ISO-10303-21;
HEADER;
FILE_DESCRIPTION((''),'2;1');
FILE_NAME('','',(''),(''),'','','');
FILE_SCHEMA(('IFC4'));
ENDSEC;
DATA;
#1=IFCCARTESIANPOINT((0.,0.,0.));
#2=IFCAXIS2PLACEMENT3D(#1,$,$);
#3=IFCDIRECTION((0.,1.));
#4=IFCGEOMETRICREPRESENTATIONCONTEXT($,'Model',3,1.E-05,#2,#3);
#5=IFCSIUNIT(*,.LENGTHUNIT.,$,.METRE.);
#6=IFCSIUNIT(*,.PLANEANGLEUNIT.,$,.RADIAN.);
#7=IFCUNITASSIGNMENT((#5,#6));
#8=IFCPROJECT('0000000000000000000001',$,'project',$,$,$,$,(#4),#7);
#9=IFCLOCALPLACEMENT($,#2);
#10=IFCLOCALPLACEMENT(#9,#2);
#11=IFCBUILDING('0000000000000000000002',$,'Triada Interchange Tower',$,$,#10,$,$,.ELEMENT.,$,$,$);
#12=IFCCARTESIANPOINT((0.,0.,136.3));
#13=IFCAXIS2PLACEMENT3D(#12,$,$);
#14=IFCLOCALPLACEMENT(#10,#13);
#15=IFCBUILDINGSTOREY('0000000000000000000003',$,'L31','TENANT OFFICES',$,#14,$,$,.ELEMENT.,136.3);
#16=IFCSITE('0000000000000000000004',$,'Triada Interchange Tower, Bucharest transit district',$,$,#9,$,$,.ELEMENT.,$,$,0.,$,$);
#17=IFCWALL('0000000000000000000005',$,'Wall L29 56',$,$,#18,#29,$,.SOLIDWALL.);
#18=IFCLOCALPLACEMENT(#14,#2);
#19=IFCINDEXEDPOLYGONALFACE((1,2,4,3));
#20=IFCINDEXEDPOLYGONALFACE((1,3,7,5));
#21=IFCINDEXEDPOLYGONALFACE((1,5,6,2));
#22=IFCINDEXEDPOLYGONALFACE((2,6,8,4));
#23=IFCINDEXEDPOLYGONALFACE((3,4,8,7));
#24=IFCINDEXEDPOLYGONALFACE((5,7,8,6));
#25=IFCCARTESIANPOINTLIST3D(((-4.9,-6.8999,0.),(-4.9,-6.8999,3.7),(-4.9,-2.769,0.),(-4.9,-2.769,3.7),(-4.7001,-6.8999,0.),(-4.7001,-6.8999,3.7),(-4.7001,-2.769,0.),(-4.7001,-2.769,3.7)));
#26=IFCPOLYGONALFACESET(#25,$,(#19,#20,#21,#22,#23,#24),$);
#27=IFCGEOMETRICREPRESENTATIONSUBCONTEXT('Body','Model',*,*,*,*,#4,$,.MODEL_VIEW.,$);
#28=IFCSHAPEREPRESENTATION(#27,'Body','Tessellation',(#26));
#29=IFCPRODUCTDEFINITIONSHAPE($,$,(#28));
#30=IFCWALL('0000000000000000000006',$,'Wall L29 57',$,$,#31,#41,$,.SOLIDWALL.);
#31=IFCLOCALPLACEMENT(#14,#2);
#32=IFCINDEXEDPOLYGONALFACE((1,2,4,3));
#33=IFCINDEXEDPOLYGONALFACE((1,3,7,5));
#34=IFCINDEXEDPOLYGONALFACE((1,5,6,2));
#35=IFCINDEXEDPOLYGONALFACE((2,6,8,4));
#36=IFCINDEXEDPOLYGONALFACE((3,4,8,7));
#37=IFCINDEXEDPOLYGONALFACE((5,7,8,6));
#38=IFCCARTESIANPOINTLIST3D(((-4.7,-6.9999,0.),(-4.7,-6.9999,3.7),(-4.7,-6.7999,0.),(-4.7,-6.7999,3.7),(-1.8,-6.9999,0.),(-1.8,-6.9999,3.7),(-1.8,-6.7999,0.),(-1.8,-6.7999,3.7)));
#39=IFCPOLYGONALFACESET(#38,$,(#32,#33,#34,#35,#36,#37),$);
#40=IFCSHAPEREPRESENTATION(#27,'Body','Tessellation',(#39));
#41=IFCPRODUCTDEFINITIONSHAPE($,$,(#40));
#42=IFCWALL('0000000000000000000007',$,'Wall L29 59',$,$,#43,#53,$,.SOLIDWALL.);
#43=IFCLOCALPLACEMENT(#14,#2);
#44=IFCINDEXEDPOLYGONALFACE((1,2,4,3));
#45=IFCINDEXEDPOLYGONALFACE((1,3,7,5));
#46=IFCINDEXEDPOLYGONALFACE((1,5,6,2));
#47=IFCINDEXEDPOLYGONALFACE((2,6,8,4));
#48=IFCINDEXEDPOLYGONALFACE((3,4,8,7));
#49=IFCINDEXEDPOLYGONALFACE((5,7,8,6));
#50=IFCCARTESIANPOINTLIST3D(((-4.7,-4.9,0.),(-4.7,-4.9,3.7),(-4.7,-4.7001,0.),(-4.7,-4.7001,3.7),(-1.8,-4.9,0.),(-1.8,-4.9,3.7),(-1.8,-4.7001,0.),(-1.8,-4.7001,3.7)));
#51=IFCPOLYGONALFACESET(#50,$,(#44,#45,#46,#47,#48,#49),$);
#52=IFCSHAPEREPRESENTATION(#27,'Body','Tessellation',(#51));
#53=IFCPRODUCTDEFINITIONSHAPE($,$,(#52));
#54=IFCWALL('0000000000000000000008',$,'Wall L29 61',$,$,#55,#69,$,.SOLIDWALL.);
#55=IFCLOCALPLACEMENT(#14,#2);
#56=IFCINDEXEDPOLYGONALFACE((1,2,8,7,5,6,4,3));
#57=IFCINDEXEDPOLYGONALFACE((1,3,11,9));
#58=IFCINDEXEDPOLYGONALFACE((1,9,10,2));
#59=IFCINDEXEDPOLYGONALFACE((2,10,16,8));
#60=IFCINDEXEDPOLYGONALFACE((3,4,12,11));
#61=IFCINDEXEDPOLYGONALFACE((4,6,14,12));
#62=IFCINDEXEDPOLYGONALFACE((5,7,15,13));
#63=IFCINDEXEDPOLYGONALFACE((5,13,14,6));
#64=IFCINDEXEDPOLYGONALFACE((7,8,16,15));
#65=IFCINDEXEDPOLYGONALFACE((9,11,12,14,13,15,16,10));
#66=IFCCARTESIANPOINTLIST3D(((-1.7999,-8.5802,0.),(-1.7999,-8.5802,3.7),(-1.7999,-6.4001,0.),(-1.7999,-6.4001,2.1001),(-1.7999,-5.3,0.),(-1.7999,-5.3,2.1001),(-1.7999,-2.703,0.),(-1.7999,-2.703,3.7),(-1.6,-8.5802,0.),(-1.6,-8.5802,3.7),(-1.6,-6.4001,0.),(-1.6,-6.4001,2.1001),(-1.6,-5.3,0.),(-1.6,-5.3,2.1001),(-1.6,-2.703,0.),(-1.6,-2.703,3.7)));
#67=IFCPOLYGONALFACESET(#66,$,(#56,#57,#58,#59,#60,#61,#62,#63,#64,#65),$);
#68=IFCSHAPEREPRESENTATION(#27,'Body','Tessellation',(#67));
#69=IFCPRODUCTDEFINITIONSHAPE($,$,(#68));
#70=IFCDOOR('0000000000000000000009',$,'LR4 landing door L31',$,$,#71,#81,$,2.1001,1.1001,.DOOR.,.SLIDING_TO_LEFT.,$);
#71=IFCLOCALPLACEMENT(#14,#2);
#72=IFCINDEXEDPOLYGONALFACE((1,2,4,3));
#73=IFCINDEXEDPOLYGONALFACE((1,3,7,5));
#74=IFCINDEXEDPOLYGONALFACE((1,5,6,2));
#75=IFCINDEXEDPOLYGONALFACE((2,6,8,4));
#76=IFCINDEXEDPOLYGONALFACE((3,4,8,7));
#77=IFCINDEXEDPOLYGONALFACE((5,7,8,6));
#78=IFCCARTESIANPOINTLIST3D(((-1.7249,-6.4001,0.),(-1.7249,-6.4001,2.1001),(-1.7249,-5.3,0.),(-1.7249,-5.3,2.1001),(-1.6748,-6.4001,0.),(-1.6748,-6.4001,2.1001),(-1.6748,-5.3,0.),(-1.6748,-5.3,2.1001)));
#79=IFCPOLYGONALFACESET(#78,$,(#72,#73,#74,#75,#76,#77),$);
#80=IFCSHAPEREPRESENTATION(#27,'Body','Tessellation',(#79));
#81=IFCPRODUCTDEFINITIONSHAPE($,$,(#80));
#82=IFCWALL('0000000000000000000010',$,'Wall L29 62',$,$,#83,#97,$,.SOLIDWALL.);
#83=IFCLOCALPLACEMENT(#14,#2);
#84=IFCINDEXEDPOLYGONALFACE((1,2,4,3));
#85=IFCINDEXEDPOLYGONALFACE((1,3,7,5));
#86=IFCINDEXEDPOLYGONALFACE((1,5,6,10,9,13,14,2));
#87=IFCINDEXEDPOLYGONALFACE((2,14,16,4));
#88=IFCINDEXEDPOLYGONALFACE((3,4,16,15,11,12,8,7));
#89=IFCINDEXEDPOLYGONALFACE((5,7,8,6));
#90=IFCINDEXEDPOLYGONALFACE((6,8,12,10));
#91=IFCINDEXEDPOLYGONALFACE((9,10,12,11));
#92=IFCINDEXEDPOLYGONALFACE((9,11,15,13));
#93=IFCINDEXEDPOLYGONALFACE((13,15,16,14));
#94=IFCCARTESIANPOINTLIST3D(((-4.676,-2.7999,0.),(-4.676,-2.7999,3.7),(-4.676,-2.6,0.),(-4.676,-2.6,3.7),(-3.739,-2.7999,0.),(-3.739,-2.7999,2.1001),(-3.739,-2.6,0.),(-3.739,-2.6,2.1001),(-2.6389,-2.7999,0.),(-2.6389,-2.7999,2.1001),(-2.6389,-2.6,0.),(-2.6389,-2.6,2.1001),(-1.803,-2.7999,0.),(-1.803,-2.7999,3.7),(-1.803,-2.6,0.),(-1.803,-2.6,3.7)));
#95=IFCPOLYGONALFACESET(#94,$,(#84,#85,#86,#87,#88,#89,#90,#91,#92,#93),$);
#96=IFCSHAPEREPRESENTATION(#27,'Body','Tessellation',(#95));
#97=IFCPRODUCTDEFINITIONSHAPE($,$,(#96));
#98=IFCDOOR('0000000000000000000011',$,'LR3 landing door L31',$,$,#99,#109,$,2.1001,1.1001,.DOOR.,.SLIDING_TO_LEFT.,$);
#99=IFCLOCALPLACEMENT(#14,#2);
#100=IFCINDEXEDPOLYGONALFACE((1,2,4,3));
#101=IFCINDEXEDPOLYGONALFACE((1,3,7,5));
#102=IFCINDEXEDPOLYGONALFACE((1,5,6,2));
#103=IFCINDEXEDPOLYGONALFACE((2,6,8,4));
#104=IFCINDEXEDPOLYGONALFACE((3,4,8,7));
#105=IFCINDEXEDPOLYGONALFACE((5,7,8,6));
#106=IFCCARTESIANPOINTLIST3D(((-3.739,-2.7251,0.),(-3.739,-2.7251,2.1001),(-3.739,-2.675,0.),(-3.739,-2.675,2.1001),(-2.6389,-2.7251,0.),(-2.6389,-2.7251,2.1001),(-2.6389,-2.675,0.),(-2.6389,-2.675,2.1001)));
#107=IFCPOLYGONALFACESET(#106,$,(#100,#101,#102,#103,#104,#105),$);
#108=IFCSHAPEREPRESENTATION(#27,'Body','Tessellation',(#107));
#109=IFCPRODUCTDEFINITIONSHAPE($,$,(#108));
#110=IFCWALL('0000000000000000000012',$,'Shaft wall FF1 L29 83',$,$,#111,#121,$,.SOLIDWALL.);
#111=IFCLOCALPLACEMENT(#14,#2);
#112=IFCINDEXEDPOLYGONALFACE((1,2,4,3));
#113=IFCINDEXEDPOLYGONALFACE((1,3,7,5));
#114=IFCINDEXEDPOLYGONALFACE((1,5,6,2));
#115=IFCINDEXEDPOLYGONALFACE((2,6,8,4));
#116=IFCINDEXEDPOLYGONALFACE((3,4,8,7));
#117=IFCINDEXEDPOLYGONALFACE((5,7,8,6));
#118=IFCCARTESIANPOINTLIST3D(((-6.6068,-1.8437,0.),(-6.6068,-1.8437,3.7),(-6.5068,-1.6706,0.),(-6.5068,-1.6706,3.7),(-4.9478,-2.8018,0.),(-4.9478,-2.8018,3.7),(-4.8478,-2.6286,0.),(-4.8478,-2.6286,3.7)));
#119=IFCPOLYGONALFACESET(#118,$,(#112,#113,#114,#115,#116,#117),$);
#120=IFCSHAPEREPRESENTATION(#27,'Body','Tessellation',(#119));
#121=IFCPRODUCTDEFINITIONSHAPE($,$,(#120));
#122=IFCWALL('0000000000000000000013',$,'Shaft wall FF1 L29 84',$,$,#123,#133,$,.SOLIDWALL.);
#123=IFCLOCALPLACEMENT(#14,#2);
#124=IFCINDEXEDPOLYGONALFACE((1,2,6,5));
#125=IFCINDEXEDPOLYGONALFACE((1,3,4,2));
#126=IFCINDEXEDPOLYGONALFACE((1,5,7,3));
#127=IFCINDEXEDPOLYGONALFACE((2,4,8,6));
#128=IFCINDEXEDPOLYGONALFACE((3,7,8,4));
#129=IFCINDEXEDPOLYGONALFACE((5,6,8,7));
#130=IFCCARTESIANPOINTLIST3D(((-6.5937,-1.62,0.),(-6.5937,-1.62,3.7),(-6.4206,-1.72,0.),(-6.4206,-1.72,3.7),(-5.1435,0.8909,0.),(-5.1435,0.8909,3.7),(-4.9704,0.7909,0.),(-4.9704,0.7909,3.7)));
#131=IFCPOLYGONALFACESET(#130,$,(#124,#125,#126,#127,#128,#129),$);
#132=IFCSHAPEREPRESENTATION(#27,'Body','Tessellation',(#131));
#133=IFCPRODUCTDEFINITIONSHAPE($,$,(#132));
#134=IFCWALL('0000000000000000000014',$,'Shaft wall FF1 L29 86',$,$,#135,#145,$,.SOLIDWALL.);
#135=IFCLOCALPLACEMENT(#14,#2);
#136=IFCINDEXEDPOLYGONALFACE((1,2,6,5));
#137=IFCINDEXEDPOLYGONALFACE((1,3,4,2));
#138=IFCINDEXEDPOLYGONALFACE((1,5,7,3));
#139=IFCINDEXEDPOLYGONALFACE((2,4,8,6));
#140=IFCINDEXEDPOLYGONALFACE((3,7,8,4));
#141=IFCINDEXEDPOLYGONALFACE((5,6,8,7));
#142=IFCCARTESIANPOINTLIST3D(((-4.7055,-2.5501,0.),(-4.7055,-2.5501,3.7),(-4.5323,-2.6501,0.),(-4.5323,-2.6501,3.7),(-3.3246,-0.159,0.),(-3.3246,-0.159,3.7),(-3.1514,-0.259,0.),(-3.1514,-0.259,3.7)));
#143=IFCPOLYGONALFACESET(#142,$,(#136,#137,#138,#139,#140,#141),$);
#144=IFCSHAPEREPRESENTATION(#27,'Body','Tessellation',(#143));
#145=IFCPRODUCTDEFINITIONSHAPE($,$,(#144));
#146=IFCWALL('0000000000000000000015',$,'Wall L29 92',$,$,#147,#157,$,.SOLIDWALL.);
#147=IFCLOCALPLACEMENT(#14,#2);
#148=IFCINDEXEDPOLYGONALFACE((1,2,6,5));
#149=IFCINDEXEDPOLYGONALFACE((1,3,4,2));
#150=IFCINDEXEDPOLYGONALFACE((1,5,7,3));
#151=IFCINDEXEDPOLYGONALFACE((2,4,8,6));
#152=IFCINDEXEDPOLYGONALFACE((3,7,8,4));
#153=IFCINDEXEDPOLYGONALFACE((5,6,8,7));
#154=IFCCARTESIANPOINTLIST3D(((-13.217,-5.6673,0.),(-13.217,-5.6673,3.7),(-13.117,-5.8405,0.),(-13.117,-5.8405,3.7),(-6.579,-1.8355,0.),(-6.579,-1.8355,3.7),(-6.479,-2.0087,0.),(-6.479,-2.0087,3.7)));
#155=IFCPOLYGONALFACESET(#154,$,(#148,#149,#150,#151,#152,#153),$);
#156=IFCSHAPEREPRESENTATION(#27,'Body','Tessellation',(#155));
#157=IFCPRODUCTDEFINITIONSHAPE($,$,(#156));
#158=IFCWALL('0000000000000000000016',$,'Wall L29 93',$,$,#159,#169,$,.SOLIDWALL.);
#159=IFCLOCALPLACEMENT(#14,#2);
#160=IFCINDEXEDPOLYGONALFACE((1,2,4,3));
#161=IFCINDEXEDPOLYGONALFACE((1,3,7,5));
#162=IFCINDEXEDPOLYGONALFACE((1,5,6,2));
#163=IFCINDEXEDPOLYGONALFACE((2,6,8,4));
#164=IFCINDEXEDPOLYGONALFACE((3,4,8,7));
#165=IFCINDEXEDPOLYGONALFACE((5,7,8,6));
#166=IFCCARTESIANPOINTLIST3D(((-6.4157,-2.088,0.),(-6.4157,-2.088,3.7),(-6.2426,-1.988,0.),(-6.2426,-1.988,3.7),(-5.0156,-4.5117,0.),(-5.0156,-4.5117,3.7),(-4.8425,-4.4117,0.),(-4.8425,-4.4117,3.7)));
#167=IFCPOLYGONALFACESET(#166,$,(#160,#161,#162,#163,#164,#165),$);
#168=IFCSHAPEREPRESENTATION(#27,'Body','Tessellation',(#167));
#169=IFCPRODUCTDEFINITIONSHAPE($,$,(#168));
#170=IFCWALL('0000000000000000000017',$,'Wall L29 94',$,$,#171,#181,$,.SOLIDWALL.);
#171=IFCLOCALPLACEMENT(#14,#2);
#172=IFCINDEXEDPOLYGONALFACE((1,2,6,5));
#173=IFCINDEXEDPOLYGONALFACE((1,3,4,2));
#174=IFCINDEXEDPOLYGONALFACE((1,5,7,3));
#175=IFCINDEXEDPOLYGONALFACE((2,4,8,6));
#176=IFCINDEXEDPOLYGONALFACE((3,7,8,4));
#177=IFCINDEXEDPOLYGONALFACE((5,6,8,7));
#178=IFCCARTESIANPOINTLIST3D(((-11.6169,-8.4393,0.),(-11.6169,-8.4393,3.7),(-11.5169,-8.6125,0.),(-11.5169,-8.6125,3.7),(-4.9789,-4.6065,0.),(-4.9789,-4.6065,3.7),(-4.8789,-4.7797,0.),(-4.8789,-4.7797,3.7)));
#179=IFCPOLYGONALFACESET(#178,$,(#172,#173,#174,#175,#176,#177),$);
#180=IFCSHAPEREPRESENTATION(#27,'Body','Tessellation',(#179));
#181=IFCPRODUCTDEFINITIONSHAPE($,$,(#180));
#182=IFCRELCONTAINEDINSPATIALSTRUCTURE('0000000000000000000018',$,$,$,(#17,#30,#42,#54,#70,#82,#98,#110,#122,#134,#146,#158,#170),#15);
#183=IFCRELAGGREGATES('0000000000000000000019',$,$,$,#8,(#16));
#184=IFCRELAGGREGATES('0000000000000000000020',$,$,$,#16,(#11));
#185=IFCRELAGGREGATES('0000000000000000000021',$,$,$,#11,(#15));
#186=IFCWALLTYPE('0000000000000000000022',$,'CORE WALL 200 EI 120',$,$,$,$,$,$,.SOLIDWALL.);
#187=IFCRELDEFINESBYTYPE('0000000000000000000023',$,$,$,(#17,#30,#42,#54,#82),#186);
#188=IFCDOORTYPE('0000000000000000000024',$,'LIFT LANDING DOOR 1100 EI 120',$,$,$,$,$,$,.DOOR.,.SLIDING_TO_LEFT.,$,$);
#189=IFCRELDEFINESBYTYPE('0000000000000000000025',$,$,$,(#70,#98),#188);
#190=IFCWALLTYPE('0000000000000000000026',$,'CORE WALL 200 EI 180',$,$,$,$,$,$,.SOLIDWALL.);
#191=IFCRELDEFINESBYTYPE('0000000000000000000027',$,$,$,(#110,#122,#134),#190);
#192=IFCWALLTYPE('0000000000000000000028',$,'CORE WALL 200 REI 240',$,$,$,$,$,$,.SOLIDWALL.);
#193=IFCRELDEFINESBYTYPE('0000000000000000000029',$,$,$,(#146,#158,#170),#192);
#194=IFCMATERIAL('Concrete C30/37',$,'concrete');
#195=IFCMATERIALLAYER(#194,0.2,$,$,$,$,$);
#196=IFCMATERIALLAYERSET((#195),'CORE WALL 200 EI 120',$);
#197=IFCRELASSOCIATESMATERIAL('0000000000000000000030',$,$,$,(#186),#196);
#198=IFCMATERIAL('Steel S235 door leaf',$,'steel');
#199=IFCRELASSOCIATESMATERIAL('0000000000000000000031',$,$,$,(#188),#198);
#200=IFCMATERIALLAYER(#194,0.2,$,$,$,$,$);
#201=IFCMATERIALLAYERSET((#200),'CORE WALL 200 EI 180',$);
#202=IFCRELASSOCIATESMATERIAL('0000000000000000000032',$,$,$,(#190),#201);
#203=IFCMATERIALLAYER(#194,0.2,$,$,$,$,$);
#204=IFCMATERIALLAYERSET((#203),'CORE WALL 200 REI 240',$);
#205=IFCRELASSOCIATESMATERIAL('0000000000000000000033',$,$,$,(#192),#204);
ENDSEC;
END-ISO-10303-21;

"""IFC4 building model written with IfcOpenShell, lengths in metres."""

from ifc_helpers import new_model, si_unit, direction, frame, frame_2d, origin, place, context, subcontext, project, spatial, rectangle, extrude, material, layer, layer_set, type_object, element, fill, save


model = new_model("IFC4")

# Units and contexts
model_context = context("Model", 3, precision=1e-05, world=origin(), true_north=direction((0.0, 1.0)))
body_context = subcontext(model_context, "Body", "Model", "MODEL_VIEW")
ifc_project = project(units=[si_unit("LENGTHUNIT", "METRE"), si_unit("PLANEANGLEUNIT", "RADIAN")], contexts=[model_context])

# Site, building, storey
site_placement = place(None, origin())
site = spatial("IfcSite", under=ifc_project, at=site_placement, Name="Triada Interchange Tower, Bucharest transit district", CompositionType="ELEMENT", RefElevation=0.0)
building_placement = place(site_placement, origin())
building = spatial("IfcBuilding", under=site, at=building_placement, Name="Triada Interchange Tower", CompositionType="ELEMENT")
storey_placement = place(building_placement, frame((0.0, 0.0, 136.3)))
storey = spatial("IfcBuildingStorey", under=building, at=storey_placement, Name="L31", Description="TENANT OFFICES", CompositionType="ELEMENT", Elevation=136.3)

# Walls
ifc_material_1 = material(Name="Concrete C30/37", Category="concrete")
ifc_layer_1 = layer(ifc_material_1, 0.2)
ifc_layer_set_1 = layer_set([ifc_layer_1], Name="CORE WALL 200 EI 120")
wall_type_1 = type_object("IfcWallType", Name="CORE WALL 200 EI 120", PredefinedType="SOLIDWALL", material=ifc_layer_set_1)
wall_1_placement = place(storey_placement, frame((-4.8, -6.8999, 0.0), z_axis=(0.0, 0.0, 1.0), x_axis=(0.0, 1.0, 0.0)))
element("IfcWall", 1, at=wall_1_placement, inside=storey, type_object=wall_type_1, Name="Wall L29 56", PredefinedType="SOLIDWALL", context=body_context, shape_type="SweptSolid", body=[
    extrude(rectangle(XDim=4.1309, YDim=0.2, at=frame_2d((2.0654, 0.0))), origin(), (0.0, 0.0, 1.0), 3.7),
])
for number, where, z_axis, x_axis, name in (
    (2, (-4.7, -6.8999, 0.0), (0.0, 0.0, 1.0), (1.0, 0.0, 0.0), "Wall L29 57"),
    (3, (-4.7, -4.8, 0.0), (0.0, 0.0, 1.0), (1.0, 0.0, 0.0), "Wall L29 59"),
):
    element("IfcWall", number, at=place(storey_placement, frame(where, z_axis=z_axis, x_axis=x_axis)), inside=storey, type_object=wall_type_1, Name=name, PredefinedType="SOLIDWALL", context=body_context, shape_type="SweptSolid", body=[
        extrude(rectangle(XDim=2.8999, YDim=0.2, at=frame_2d((1.45, 0.0))), origin(), (0.0, 0.0, 1.0), 3.7),
    ])

# Walls, openings, doors
wall_2_placement = place(storey_placement, frame((-1.7, -8.5801, 0.0), z_axis=(0.0, 0.0, 1.0), x_axis=(0.0, 1.0, 0.0)))
wall_2 = element("IfcWall", 4, at=wall_2_placement, inside=storey, type_object=wall_type_1, Name="Wall L29 61", PredefinedType="SOLIDWALL", context=body_context, shape_type="SweptSolid", body=[
    extrude(rectangle(XDim=5.8772, YDim=0.2, at=frame_2d((2.9385, 0.0))), origin(), (0.0, 0.0, 1.0), 3.7),
])
opening_1_placement = place(wall_2_placement, frame((2.1799, 0.0, 0.0)))
opening_1 = element("IfcOpeningElement", 5, at=opening_1_placement, cuts=wall_2, PredefinedType="OPENING", context=body_context, shape_type="SweptSolid", body=[
    extrude(rectangle(XDim=1.1001, YDim=2.1001, at=frame_2d((0.55, 1.05))), frame((0.0, 0.1099, 0.0), z_axis=(0.0, -1.0, 0.0), x_axis=(1.0, 0.0, 0.0)), (0.0, 0.0, 1.0), 0.22),
])
ifc_material_2 = material(Name="Steel S235 door leaf", Category="steel")
door_type_1 = type_object("IfcDoorType", Name="LIFT LANDING DOOR 1100 EI 120", OperationType="SLIDING_TO_LEFT", PredefinedType="DOOR", material=ifc_material_2)
door_1_placement = place(opening_1_placement, origin())
door_1 = element("IfcDoor", 6, at=door_1_placement, inside=storey, type_object=door_type_1, Name="LR4 landing door L31", OperationType="SLIDING_TO_LEFT", OverallHeight=2.1001, OverallWidth=1.1001, PredefinedType="DOOR", context=body_context, shape_type="SweptSolid", body=[
    extrude(rectangle(XDim=1.1001, YDim=2.1001, at=frame_2d((0.55, 1.05))), frame((0.0, 0.0249, 0.0), z_axis=(0.0, -1.0, 0.0), x_axis=(1.0, 0.0, 0.0)), (0.0, 0.0, 1.0), 0.05),
])
fill(opening_1, door_1)
wall_3_placement = place(storey_placement, frame((-4.676, -2.7, 0.0), z_axis=(0.0, 0.0, 1.0), x_axis=(1.0, 0.0, 0.0)))
wall_3 = element("IfcWall", 7, at=wall_3_placement, inside=storey, type_object=wall_type_1, Name="Wall L29 62", PredefinedType="SOLIDWALL", context=body_context, shape_type="SweptSolid", body=[
    extrude(rectangle(XDim=2.873, YDim=0.2, at=frame_2d((1.4365, 0.0))), origin(), (0.0, 0.0, 1.0), 3.7),
])
opening_2_placement = place(wall_3_placement, frame((0.937, 0.0, 0.0)))
opening_2 = element("IfcOpeningElement", 8, at=opening_2_placement, cuts=wall_3, PredefinedType="OPENING", context=body_context, shape_type="SweptSolid", body=[
    extrude(rectangle(XDim=1.1001, YDim=2.1001, at=frame_2d((0.55, 1.05))), frame((0.0, 0.1099, 0.0), z_axis=(0.0, -1.0, 0.0), x_axis=(1.0, 0.0, 0.0)), (0.0, 0.0, 1.0), 0.22),
])
door_2_placement = place(opening_2_placement, origin())
door_2 = element("IfcDoor", 9, at=door_2_placement, inside=storey, type_object=door_type_1, Name="LR3 landing door L31", OperationType="SLIDING_TO_LEFT", OverallHeight=2.1001, OverallWidth=1.1001, PredefinedType="DOOR", context=body_context, shape_type="SweptSolid", body=[
    extrude(rectangle(XDim=1.1001, YDim=2.1001, at=frame_2d((0.55, 1.05))), frame((0.0, 0.0249, 0.0), z_axis=(0.0, -1.0, 0.0), x_axis=(1.0, 0.0, 0.0)), (0.0, 0.0, 1.0), 0.05),
])
fill(opening_2, door_2)

# Walls
ifc_layer_2 = layer(ifc_material_1, 0.2)
ifc_layer_set_2 = layer_set([ifc_layer_2], Name="CORE WALL 200 EI 180")
wall_type_2 = type_object("IfcWallType", Name="CORE WALL 200 EI 180", PredefinedType="SOLIDWALL", material=ifc_layer_set_2)
wall_4_placement = place(storey_placement, frame((-6.5569, -1.7571, 0.0), z_axis=(0.0, 0.0, 1.0), x_axis=(0.865975, -0.500086, 0.0)))
element("IfcWall", 10, at=wall_4_placement, inside=storey, type_object=wall_type_2, Name="Shaft wall FF1 L29 83", PredefinedType="SOLIDWALL", context=body_context, shape_type="SweptSolid", body=[
    extrude(rectangle(XDim=1.9158, YDim=0.2, at=frame_2d((0.958, 0.0))), origin(), (0.0, 0.0, 1.0), 3.7),
])
wall_5_placement = place(storey_placement, frame((-6.5071, -1.6699, 0.0), z_axis=(0.0, 0.0, 1.0), x_axis=(0.500123, 0.865954, 0.0)))
element("IfcWall", 11, at=wall_5_placement, inside=storey, type_object=wall_type_2, Name="Shaft wall FF1 L29 84", PredefinedType="SOLIDWALL", context=body_context, shape_type="SweptSolid", body=[
    extrude(rectangle(XDim=2.8997, YDim=0.2, at=frame_2d((1.4497, 0.0))), origin(), (0.0, 0.0, 1.0), 3.7),
])
wall_6_placement = place(storey_placement, frame((-4.6189, -2.6001, 0.0), z_axis=(0.0, 0.0, 1.0), x_axis=(0.500095, 0.865971, 0.0)))
element("IfcWall", 12, at=wall_6_placement, inside=storey, type_object=wall_type_2, Name="Shaft wall FF1 L29 86", PredefinedType="SOLIDWALL", context=body_context, shape_type="SweptSolid", body=[
    extrude(rectangle(XDim=2.7612, YDim=0.2, at=frame_2d((1.3806, 0.0))), origin(), (0.0, 0.0, 1.0), 3.7),
])
ifc_layer_3 = layer(ifc_material_1, 0.2)
ifc_layer_set_3 = layer_set([ifc_layer_3], Name="CORE WALL 200 REI 240")
wall_type_3 = type_object("IfcWallType", Name="CORE WALL 200 REI 240", PredefinedType="SOLIDWALL", material=ifc_layer_set_3)
wall_7_placement = place(storey_placement, frame((-13.167, -5.7539, 0.0), z_axis=(0.0, 0.0, 1.0), x_axis=(0.866061, 0.499938, 0.0)))
element("IfcWall", 13, at=wall_7_placement, inside=storey, type_object=wall_type_3, Name="Wall L29 92", PredefinedType="SOLIDWALL", context=body_context, shape_type="SweptSolid", body=[
    extrude(rectangle(XDim=7.6646, YDim=0.2, at=frame_2d((3.8323, 0.0))), origin(), (0.0, 0.0, 1.0), 3.7),
])
wall_8_placement = place(storey_placement, frame((-6.3291, -2.0381, 0.0), z_axis=(0.0, 0.0, 1.0), x_axis=(0.500201, -0.86591, 0.0)))
element("IfcWall", 14, at=wall_8_placement, inside=storey, type_object=wall_type_3, Name="Wall L29 93", PredefinedType="SOLIDWALL", context=body_context, shape_type="SweptSolid", body=[
    extrude(rectangle(XDim=2.7991, YDim=0.2, at=frame_2d((1.3994, 0.0))), origin(), (0.0, 0.0, 1.0), 3.7),
])
wall_9_placement = place(storey_placement, frame((-11.5669, -8.5259, 0.0), z_axis=(0.0, 0.0, 1.0), x_axis=(0.866006, 0.500034, 0.0)))
element("IfcWall", 15, at=wall_9_placement, inside=storey, type_object=wall_type_3, Name="Wall L29 94", PredefinedType="SOLIDWALL", context=body_context, shape_type="SweptSolid", body=[
    extrude(rectangle(XDim=7.665, YDim=0.2, at=frame_2d((3.8325, 0.0))), origin(), (0.0, 0.0, 1.0), 3.7),
])

save(model, "model.ifc")
